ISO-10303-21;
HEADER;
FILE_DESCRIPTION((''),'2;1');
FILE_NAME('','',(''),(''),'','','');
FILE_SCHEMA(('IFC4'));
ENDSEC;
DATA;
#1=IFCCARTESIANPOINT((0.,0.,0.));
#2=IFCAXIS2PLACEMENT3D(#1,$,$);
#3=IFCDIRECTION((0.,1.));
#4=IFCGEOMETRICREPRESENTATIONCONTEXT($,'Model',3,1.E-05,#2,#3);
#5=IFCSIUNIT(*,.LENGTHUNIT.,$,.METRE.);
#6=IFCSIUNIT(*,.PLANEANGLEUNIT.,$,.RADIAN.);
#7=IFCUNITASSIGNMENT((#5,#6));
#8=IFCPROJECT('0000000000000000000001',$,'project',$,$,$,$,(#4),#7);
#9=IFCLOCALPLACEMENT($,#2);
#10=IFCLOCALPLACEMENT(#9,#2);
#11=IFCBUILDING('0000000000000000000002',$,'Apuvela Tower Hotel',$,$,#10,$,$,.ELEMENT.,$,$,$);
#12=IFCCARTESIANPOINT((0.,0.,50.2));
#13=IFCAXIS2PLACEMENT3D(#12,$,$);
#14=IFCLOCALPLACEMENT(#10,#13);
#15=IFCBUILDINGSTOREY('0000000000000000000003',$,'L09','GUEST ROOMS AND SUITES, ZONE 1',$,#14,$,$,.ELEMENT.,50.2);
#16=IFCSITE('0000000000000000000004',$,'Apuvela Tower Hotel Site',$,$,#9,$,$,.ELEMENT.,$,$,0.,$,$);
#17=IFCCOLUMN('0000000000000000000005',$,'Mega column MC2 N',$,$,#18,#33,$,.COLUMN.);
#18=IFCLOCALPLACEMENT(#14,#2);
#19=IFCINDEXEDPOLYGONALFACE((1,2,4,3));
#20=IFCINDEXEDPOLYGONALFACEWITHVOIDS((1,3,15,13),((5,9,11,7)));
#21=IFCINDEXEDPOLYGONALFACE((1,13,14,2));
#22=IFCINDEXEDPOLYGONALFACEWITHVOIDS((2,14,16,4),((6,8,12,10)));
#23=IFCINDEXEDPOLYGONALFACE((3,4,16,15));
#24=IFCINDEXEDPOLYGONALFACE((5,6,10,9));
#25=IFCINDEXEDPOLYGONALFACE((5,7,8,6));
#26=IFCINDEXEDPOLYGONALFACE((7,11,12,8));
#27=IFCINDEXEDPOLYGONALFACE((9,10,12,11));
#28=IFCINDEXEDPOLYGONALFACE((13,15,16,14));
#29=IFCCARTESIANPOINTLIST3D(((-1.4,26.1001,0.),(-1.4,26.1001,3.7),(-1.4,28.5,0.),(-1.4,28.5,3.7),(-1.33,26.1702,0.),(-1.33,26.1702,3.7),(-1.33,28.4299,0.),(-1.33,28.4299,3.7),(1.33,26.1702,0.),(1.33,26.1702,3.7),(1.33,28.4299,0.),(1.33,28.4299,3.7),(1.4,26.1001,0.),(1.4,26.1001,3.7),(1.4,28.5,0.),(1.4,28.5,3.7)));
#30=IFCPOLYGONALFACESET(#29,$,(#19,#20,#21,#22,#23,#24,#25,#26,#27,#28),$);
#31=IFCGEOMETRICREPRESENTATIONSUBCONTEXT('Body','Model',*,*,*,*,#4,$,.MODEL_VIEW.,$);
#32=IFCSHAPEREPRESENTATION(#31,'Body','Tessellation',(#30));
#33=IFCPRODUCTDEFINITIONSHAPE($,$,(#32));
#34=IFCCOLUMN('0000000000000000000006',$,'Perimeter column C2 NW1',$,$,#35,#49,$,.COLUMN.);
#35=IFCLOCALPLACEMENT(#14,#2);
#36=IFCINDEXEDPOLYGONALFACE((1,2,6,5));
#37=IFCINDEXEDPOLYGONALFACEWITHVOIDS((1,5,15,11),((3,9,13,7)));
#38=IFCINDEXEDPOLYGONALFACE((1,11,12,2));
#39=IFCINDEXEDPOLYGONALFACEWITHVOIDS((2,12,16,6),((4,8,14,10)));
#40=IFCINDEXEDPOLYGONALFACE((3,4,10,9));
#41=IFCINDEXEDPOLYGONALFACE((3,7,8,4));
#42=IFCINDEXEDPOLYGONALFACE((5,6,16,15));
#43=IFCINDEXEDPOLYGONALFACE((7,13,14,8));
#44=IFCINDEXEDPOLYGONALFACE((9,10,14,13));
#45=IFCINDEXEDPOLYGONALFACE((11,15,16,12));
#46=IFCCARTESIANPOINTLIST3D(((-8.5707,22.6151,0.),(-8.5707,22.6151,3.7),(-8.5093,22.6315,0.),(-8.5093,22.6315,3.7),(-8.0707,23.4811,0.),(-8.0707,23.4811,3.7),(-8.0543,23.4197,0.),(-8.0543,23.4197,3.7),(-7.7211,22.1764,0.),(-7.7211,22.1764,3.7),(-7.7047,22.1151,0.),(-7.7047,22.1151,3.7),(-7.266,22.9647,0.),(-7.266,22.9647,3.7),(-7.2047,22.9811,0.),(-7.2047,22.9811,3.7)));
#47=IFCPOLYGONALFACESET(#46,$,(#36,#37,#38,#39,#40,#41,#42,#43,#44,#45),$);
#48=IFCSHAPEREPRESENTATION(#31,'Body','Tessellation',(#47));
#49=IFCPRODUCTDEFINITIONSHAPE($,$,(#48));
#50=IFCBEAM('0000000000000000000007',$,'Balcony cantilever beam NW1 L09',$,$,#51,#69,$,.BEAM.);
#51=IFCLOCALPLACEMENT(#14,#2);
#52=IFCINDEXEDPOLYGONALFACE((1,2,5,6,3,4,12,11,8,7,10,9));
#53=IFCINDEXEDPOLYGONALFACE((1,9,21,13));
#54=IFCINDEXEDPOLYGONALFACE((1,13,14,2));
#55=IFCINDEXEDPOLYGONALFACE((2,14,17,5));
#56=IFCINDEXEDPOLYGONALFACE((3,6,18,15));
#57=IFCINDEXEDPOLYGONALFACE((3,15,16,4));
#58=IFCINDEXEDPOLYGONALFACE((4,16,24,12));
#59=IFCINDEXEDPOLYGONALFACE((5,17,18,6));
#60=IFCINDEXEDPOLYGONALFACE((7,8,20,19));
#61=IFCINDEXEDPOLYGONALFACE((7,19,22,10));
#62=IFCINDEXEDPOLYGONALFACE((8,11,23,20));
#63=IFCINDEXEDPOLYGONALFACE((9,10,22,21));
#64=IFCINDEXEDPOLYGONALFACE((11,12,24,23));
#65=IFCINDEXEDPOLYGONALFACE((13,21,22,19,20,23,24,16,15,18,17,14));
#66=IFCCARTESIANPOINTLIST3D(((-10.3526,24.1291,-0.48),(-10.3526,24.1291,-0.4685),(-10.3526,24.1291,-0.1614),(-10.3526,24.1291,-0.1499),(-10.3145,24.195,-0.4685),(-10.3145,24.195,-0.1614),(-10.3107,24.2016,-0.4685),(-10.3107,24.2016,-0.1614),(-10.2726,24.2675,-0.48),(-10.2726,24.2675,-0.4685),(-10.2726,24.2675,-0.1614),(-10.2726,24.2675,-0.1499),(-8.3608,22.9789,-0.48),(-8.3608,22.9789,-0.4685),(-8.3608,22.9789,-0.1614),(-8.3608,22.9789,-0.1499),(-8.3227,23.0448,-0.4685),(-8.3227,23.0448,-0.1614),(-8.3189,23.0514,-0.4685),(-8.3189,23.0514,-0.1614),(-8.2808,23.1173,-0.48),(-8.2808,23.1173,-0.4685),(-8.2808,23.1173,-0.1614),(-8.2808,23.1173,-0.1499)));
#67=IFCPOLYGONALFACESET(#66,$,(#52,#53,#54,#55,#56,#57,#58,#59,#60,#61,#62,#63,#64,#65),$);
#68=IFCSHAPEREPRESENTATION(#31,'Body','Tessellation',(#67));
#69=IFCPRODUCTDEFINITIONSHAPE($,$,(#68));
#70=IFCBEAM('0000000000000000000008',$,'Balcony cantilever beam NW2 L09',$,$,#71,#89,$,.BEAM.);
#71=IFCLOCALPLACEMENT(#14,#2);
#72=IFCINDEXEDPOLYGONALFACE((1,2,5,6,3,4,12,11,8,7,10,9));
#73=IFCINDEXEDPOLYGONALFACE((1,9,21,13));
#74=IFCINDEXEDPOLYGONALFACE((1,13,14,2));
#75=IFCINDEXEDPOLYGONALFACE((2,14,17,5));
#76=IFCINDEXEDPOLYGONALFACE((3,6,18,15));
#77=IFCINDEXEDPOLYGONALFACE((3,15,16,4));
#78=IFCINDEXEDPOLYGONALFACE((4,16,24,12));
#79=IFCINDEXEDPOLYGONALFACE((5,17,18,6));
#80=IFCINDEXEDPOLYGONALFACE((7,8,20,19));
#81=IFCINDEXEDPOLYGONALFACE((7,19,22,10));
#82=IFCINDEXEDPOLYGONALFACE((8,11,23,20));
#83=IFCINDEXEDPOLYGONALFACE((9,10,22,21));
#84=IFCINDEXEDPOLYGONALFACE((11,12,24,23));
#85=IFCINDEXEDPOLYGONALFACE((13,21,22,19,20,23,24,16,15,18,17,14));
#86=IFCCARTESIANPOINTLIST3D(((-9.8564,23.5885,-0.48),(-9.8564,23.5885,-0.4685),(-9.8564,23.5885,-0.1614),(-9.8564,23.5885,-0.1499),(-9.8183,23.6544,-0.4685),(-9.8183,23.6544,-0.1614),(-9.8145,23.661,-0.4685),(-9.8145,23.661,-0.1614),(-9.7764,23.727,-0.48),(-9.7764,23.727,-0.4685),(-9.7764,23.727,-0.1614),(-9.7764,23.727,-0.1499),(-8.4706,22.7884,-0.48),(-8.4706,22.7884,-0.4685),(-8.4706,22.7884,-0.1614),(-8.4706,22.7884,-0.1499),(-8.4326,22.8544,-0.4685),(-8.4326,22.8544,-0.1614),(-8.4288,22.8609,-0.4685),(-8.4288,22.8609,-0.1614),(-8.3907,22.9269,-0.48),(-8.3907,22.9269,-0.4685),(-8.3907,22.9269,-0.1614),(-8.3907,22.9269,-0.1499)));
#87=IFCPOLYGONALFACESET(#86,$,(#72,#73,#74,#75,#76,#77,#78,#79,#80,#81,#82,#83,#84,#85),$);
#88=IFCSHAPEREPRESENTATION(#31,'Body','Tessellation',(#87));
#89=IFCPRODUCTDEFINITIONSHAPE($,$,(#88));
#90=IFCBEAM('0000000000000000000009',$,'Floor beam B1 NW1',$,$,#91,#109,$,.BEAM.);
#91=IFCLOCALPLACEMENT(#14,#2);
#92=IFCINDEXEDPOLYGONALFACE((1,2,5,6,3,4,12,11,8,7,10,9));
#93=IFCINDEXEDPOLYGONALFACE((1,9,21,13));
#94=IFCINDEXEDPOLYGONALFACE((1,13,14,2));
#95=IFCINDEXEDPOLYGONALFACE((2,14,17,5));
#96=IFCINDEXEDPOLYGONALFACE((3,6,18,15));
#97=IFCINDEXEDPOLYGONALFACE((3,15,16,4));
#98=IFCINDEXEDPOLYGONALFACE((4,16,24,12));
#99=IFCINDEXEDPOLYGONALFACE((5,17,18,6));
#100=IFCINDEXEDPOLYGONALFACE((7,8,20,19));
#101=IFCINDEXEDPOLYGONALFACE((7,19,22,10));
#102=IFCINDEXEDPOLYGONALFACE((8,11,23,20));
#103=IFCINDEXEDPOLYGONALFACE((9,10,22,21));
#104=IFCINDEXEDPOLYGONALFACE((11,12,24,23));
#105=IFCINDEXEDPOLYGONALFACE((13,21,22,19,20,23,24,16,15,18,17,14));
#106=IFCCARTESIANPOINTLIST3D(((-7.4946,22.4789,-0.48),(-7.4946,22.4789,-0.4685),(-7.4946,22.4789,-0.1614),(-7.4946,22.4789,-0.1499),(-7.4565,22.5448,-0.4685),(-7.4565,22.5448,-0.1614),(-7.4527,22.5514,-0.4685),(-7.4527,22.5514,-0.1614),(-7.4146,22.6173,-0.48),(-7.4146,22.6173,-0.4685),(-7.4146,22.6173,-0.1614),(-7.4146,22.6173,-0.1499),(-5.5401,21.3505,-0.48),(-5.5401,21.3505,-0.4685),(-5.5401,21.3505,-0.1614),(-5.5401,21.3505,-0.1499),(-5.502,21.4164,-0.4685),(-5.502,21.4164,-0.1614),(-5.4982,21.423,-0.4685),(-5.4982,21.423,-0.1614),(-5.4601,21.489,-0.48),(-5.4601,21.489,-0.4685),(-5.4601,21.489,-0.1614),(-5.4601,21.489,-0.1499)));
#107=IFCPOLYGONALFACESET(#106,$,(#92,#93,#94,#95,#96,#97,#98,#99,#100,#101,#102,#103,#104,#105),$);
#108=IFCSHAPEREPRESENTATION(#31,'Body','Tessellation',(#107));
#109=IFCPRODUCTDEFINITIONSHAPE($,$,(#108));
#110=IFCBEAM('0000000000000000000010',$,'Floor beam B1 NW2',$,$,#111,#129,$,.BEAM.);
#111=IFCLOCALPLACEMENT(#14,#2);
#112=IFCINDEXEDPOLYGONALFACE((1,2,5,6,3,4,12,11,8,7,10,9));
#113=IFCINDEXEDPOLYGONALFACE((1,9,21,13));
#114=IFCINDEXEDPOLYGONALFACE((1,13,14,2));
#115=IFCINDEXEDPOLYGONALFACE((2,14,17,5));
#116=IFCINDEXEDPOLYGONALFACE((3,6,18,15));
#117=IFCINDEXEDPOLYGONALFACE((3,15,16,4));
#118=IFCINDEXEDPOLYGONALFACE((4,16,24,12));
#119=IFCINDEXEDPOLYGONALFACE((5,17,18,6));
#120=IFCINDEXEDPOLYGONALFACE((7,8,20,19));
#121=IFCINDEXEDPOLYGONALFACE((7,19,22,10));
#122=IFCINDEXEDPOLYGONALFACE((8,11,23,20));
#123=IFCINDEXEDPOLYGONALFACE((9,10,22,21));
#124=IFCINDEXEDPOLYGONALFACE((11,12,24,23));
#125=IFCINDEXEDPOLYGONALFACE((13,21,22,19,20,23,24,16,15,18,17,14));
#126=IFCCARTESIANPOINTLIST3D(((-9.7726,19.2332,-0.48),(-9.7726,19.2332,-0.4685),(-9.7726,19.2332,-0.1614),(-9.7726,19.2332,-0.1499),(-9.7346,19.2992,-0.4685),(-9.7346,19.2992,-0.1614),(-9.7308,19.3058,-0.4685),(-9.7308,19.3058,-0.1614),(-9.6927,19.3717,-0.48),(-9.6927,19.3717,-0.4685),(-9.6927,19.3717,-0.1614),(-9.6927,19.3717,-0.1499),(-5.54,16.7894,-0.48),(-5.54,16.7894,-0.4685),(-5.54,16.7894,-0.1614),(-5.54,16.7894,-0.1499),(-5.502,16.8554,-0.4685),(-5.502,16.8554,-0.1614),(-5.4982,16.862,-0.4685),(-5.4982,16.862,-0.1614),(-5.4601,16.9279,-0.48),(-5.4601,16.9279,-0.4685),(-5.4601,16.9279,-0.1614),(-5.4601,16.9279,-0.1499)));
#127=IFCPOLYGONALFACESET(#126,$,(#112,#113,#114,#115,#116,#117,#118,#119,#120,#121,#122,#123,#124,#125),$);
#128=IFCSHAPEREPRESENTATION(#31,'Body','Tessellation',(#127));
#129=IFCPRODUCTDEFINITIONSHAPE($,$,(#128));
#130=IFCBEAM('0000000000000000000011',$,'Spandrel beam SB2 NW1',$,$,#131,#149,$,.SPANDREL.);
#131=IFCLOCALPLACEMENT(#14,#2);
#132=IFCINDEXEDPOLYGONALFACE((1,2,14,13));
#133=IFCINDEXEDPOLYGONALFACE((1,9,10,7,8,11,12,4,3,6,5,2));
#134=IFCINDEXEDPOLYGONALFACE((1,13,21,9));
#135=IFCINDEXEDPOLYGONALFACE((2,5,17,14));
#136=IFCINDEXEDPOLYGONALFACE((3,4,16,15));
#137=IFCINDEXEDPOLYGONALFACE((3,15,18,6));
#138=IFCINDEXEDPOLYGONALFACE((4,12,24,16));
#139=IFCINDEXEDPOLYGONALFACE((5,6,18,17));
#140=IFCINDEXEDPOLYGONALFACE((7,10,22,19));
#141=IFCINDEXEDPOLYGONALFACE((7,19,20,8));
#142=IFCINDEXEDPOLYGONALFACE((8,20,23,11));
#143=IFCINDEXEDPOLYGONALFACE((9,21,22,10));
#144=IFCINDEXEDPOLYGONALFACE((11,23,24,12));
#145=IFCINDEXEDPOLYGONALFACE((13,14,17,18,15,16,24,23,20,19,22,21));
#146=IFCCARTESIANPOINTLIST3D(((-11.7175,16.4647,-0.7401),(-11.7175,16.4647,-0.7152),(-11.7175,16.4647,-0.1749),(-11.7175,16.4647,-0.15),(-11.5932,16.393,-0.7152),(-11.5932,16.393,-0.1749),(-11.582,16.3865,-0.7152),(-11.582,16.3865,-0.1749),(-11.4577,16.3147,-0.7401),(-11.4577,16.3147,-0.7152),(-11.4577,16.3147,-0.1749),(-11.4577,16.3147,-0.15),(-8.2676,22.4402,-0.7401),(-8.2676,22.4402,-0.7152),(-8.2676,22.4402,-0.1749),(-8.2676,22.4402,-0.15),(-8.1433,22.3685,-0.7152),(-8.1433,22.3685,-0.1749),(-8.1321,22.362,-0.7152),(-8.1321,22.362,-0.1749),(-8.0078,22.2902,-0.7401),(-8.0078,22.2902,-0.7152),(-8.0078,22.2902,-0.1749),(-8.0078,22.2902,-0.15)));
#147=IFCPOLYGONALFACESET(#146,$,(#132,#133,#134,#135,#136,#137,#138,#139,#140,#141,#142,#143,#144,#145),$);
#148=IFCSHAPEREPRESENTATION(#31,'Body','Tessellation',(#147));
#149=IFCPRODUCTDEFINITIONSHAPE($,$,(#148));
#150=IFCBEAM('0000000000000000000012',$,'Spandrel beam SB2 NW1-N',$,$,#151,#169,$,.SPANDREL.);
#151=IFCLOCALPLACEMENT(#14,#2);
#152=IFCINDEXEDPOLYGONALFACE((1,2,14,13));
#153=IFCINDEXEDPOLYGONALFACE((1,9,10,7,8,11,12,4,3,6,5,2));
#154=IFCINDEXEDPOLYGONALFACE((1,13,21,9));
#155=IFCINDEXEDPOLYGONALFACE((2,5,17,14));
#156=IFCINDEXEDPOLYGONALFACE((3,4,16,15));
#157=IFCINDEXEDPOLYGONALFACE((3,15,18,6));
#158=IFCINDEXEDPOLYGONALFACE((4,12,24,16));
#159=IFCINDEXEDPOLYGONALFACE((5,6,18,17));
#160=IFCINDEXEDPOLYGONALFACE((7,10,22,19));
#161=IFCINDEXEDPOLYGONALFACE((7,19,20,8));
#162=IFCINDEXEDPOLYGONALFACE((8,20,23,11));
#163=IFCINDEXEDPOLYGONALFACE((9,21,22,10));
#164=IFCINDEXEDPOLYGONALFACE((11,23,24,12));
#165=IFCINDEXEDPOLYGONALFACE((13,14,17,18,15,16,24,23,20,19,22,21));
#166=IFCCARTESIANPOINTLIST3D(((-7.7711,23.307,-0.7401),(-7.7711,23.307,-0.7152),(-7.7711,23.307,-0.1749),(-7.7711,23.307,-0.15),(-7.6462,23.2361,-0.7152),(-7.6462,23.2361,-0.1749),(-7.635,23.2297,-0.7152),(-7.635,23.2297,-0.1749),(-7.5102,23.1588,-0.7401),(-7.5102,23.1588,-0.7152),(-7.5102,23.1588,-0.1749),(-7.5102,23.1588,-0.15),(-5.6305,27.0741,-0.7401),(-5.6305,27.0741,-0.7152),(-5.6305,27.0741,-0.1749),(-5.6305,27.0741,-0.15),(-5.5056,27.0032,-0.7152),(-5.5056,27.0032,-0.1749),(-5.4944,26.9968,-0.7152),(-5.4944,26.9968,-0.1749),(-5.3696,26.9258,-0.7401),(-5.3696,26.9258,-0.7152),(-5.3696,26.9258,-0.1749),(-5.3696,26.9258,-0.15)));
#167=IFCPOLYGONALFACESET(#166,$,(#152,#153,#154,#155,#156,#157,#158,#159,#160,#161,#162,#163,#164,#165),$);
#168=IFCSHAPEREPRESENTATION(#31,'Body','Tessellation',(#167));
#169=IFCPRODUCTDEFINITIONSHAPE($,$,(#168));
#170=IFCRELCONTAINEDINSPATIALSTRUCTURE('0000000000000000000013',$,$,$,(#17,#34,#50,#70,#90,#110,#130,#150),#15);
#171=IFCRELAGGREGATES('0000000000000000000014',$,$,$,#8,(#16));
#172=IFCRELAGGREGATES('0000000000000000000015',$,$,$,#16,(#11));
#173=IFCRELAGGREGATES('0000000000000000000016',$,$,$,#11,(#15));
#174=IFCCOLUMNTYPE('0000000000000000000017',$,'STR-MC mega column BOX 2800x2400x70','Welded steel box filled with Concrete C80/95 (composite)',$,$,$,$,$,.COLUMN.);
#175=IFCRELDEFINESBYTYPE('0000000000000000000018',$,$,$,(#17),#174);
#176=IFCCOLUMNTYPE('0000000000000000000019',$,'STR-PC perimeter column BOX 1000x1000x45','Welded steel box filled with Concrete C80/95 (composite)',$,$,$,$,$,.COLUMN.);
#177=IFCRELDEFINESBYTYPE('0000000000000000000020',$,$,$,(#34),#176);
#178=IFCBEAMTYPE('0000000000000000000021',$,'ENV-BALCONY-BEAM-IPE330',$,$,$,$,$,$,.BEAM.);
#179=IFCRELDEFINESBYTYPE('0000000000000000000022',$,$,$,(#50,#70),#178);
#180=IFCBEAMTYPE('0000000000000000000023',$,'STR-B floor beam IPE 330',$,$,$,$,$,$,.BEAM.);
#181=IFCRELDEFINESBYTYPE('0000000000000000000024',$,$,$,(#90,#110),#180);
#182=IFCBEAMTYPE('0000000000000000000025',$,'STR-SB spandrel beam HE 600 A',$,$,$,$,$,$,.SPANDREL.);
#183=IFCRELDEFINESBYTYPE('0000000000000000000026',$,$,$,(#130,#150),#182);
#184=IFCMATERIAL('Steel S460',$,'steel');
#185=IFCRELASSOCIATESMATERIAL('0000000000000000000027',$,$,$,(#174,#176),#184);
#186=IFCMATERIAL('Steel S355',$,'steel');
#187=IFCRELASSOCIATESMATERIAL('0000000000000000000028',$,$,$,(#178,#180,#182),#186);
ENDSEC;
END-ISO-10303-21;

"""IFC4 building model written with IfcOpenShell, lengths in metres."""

from ifc_helpers import new_model, si_unit, direction, frame, origin, origin_2d, place, context, subcontext, project, spatial, rectangle, hollow_rectangle, i_section, extrude, material, material_profile, profile_set, type_object, element, save


model = new_model("IFC4")

# Units and contexts
model_context = context("Model", 3, precision=1e-05, world=origin(), true_north=direction((0.0, 1.0)))
body_context = subcontext(model_context, "Body", "Model", "MODEL_VIEW")
ifc_project = project(units=[si_unit("LENGTHUNIT", "METRE"), si_unit("PLANEANGLEUNIT", "RADIAN")], contexts=[model_context])

# Site, building, storey
site_placement = place(None, origin())
site = spatial("IfcSite", under=ifc_project, at=site_placement, Name="Apuvela Tower Hotel Site", CompositionType="ELEMENT", RefElevation=0.0)
building_placement = place(site_placement, origin())
building = spatial("IfcBuilding", under=site, at=building_placement, Name="Apuvela Tower Hotel", CompositionType="ELEMENT")
storey_placement = place(building_placement, frame((0.0, 0.0, 50.2)))
storey = spatial("IfcBuildingStorey", under=building, at=storey_placement, Name="L09", Description="GUEST ROOMS AND SUITES, ZONE 1", CompositionType="ELEMENT", Elevation=50.2)

# Columns
ifc_material_1 = material(Name="Steel S460", Category="steel")
ifc_material_profile_1 = material_profile(ifc_material_1, hollow_rectangle(XDim=2.8, YDim=2.3999, WallThickness=0.0701, at=origin_2d()), Name="BOX 2800x2400x70")
ifc_material_2 = material(Name="Concrete C80/95", Category="concrete")
ifc_material_profile_2 = material_profile(ifc_material_2, rectangle(XDim=2.6599, YDim=2.26, at=origin_2d()), Name="Concrete C80/95 infill")
ifc_profile_set_1 = profile_set([ifc_material_profile_1, ifc_material_profile_2], Name="Steel S460")
column_type_1 = type_object("IfcColumnType", Name="STR-MC mega column BOX 2800x2400x70", Description="Welded steel box filled with Concrete C80/95 (composite)", PredefinedType="COLUMN", material=ifc_profile_set_1)
column_1_placement = place(storey_placement, frame((0.0, 27.3, 0.0), z_axis=(0.0, 0.0, 1.0), x_axis=(1.0, 0.0, 0.0)))
element("IfcColumn", 1, at=column_1_placement, inside=storey, type_object=column_type_1, Name="Mega column MC2 N", PredefinedType="COLUMN", context=body_context, shape_type="SweptSolid", body=[
    extrude(hollow_rectangle(XDim=2.8, YDim=2.3999, WallThickness=0.0701, at=origin_2d()), origin(), (0.0, 0.0, 1.0), 3.7),
])
ifc_material_profile_3 = material_profile(ifc_material_1, hollow_rectangle(XDim=1.0, YDim=1.0, WallThickness=0.0449, at=origin_2d()), Name="BOX 1000x1000x45")
ifc_material_profile_4 = material_profile(ifc_material_2, rectangle(XDim=0.9099, YDim=0.9099, at=origin_2d()), Name="Concrete C80/95 infill")
ifc_profile_set_2 = profile_set([ifc_material_profile_3, ifc_material_profile_4], Name="Steel S460")
column_type_2 = type_object("IfcColumnType", Name="STR-PC perimeter column BOX 1000x1000x45", Description="Welded steel box filled with Concrete C80/95 (composite)", PredefinedType="COLUMN", material=ifc_profile_set_2)
column_2_placement = place(storey_placement, frame((-7.8877, 22.7981, 0.0), z_axis=(0.0, 0.0, 1.0), x_axis=(0.5, 0.866025, 0.0)))
element("IfcColumn", 2, at=column_2_placement, inside=storey, type_object=column_type_2, Name="Perimeter column C2 NW1", PredefinedType="COLUMN", context=body_context, shape_type="SweptSolid", body=[
    extrude(hollow_rectangle(XDim=1.0, YDim=1.0, WallThickness=0.0449, at=origin_2d()), origin(), (0.0, 0.0, 1.0), 3.7),
])

# Beams
ifc_material_3 = material(Name="Steel S355", Category="steel")
ifc_material_profile_5 = material_profile(ifc_material_3, i_section(OverallWidth=0.1599, OverallDepth=0.3301, WebThickness=0.0076, FlangeThickness=0.0115, at=origin_2d()), Name="IPE 330")
ifc_profile_set_3 = profile_set([ifc_material_profile_5], Name="Steel S355")
beam_type_1 = type_object("IfcBeamType", Name="ENV-BALCONY-BEAM-IPE330", PredefinedType="BEAM", material=ifc_profile_set_3)
beam_1_placement = place(storey_placement, frame((-8.3208, 23.0481, -0.3149), z_axis=(-0.865981, 0.500078, 0.0), x_axis=(-0.500078, -0.865981, 0.0)))
element("IfcBeam", 3, at=beam_1_placement, inside=storey, type_object=beam_type_1, Name="Balcony cantilever beam NW1 L09", PredefinedType="BEAM", context=body_context, shape_type="SweptSolid", body=[
    extrude(i_section(OverallWidth=0.1599, OverallDepth=0.3301, WebThickness=0.0076, FlangeThickness=0.0115, at=origin_2d()), origin(), (0.0, 0.0, 1.0), 2.3),
])
beam_2_placement = place(storey_placement, frame((-8.4307, 22.8577, -0.3149), z_axis=(-0.866028, 0.499995, 0.0), x_axis=(-0.499995, -0.866028, 0.0)))
element("IfcBeam", 4, at=beam_2_placement, inside=storey, type_object=beam_type_1, Name="Balcony cantilever beam NW2 L09", PredefinedType="BEAM", context=body_context, shape_type="SweptSolid", body=[
    extrude(i_section(OverallWidth=0.1599, OverallDepth=0.3301, WebThickness=0.0076, FlangeThickness=0.0115, at=origin_2d()), origin(), (0.0, 0.0, 1.0), 1.6001),
])
ifc_material_profile_6 = material_profile(ifc_material_3, i_section(OverallWidth=0.1599, OverallDepth=0.3301, WebThickness=0.0076, FlangeThickness=0.0115, at=origin_2d()), Name="IPE 330")
ifc_profile_set_4 = profile_set([ifc_material_profile_6], Name="Steel S355")
beam_type_2 = type_object("IfcBeamType", Name="STR-B floor beam IPE 330", PredefinedType="BEAM", material=ifc_profile_set_4)
beam_3_placement = place(storey_placement, frame((-7.4546, 22.5481, -0.3149), z_axis=(0.866038, -0.499978, 0.0), x_axis=(0.499978, 0.866038, 0.0)))
element("IfcBeam", 5, at=beam_3_placement, inside=storey, type_object=beam_type_2, Name="Floor beam B1 NW1", PredefinedType="BEAM", context=body_context, shape_type="SweptSolid", body=[
    extrude(i_section(OverallWidth=0.1599, OverallDepth=0.3301, WebThickness=0.0076, FlangeThickness=0.0115, at=origin_2d()), origin(), (0.0, 0.0, 1.0), 2.2568),
])
beam_4_placement = place(storey_placement, frame((-9.7327, 19.3025, -0.3149), z_axis=(0.866015, -0.500018, 0.0), x_axis=(0.500018, 0.866015, 0.0)))
element("IfcBeam", 6, at=beam_4_placement, inside=storey, type_object=beam_type_2, Name="Floor beam B1 NW2", PredefinedType="BEAM", context=body_context, shape_type="SweptSolid", body=[
    extrude(i_section(OverallWidth=0.1599, OverallDepth=0.3301, WebThickness=0.0076, FlangeThickness=0.0115, at=origin_2d()), origin(), (0.0, 0.0, 1.0), 4.8875),
])
ifc_material_profile_7 = material_profile(ifc_material_3, i_section(OverallWidth=0.3, OverallDepth=0.5901, WebThickness=0.0129, FlangeThickness=0.0249, at=origin_2d()), Name="HE 600 A")
ifc_profile_set_5 = profile_set([ifc_material_profile_7], Name="Steel S355")
beam_type_3 = type_object("IfcBeamType", Name="STR-SB spandrel beam HE 600 A", PredefinedType="SPANDREL", material=ifc_profile_set_5)
beam_5_placement = place(storey_placement, frame((-8.1377, 22.3652, -0.4451), z_axis=(-0.499994, -0.866029, 0.0), x_axis=(0.866029, -0.499994, 0.0)))
element("IfcBeam", 7, at=beam_5_placement, inside=storey, type_object=beam_type_3, Name="Spandrel beam SB2 NW1", PredefinedType="SPANDREL", context=body_context, shape_type="SweptSolid", body=[
    extrude(i_section(OverallWidth=0.3, OverallDepth=0.5901, WebThickness=0.0129, FlangeThickness=0.0249, at=origin_2d()), origin(), (0.0, 0.0, 1.0), 6.8999),
])
beam_6_placement = place(storey_placement, frame((-7.6406, 23.2329, -0.4451), z_axis=(0.49405, 0.869433, 0.0), x_axis=(-0.869433, 0.49405, 0.0)))
element("IfcBeam", 8, at=beam_6_placement, inside=storey, type_object=beam_type_3, Name="Spandrel beam SB2 NW1-N", PredefinedType="SPANDREL", context=body_context, shape_type="SweptSolid", body=[
    extrude(i_section(OverallWidth=0.3, OverallDepth=0.5901, WebThickness=0.0129, FlangeThickness=0.0249, at=origin_2d()), origin(), (0.0, 0.0, 1.0), 4.3328),
])

save(model, "model.ifc")
